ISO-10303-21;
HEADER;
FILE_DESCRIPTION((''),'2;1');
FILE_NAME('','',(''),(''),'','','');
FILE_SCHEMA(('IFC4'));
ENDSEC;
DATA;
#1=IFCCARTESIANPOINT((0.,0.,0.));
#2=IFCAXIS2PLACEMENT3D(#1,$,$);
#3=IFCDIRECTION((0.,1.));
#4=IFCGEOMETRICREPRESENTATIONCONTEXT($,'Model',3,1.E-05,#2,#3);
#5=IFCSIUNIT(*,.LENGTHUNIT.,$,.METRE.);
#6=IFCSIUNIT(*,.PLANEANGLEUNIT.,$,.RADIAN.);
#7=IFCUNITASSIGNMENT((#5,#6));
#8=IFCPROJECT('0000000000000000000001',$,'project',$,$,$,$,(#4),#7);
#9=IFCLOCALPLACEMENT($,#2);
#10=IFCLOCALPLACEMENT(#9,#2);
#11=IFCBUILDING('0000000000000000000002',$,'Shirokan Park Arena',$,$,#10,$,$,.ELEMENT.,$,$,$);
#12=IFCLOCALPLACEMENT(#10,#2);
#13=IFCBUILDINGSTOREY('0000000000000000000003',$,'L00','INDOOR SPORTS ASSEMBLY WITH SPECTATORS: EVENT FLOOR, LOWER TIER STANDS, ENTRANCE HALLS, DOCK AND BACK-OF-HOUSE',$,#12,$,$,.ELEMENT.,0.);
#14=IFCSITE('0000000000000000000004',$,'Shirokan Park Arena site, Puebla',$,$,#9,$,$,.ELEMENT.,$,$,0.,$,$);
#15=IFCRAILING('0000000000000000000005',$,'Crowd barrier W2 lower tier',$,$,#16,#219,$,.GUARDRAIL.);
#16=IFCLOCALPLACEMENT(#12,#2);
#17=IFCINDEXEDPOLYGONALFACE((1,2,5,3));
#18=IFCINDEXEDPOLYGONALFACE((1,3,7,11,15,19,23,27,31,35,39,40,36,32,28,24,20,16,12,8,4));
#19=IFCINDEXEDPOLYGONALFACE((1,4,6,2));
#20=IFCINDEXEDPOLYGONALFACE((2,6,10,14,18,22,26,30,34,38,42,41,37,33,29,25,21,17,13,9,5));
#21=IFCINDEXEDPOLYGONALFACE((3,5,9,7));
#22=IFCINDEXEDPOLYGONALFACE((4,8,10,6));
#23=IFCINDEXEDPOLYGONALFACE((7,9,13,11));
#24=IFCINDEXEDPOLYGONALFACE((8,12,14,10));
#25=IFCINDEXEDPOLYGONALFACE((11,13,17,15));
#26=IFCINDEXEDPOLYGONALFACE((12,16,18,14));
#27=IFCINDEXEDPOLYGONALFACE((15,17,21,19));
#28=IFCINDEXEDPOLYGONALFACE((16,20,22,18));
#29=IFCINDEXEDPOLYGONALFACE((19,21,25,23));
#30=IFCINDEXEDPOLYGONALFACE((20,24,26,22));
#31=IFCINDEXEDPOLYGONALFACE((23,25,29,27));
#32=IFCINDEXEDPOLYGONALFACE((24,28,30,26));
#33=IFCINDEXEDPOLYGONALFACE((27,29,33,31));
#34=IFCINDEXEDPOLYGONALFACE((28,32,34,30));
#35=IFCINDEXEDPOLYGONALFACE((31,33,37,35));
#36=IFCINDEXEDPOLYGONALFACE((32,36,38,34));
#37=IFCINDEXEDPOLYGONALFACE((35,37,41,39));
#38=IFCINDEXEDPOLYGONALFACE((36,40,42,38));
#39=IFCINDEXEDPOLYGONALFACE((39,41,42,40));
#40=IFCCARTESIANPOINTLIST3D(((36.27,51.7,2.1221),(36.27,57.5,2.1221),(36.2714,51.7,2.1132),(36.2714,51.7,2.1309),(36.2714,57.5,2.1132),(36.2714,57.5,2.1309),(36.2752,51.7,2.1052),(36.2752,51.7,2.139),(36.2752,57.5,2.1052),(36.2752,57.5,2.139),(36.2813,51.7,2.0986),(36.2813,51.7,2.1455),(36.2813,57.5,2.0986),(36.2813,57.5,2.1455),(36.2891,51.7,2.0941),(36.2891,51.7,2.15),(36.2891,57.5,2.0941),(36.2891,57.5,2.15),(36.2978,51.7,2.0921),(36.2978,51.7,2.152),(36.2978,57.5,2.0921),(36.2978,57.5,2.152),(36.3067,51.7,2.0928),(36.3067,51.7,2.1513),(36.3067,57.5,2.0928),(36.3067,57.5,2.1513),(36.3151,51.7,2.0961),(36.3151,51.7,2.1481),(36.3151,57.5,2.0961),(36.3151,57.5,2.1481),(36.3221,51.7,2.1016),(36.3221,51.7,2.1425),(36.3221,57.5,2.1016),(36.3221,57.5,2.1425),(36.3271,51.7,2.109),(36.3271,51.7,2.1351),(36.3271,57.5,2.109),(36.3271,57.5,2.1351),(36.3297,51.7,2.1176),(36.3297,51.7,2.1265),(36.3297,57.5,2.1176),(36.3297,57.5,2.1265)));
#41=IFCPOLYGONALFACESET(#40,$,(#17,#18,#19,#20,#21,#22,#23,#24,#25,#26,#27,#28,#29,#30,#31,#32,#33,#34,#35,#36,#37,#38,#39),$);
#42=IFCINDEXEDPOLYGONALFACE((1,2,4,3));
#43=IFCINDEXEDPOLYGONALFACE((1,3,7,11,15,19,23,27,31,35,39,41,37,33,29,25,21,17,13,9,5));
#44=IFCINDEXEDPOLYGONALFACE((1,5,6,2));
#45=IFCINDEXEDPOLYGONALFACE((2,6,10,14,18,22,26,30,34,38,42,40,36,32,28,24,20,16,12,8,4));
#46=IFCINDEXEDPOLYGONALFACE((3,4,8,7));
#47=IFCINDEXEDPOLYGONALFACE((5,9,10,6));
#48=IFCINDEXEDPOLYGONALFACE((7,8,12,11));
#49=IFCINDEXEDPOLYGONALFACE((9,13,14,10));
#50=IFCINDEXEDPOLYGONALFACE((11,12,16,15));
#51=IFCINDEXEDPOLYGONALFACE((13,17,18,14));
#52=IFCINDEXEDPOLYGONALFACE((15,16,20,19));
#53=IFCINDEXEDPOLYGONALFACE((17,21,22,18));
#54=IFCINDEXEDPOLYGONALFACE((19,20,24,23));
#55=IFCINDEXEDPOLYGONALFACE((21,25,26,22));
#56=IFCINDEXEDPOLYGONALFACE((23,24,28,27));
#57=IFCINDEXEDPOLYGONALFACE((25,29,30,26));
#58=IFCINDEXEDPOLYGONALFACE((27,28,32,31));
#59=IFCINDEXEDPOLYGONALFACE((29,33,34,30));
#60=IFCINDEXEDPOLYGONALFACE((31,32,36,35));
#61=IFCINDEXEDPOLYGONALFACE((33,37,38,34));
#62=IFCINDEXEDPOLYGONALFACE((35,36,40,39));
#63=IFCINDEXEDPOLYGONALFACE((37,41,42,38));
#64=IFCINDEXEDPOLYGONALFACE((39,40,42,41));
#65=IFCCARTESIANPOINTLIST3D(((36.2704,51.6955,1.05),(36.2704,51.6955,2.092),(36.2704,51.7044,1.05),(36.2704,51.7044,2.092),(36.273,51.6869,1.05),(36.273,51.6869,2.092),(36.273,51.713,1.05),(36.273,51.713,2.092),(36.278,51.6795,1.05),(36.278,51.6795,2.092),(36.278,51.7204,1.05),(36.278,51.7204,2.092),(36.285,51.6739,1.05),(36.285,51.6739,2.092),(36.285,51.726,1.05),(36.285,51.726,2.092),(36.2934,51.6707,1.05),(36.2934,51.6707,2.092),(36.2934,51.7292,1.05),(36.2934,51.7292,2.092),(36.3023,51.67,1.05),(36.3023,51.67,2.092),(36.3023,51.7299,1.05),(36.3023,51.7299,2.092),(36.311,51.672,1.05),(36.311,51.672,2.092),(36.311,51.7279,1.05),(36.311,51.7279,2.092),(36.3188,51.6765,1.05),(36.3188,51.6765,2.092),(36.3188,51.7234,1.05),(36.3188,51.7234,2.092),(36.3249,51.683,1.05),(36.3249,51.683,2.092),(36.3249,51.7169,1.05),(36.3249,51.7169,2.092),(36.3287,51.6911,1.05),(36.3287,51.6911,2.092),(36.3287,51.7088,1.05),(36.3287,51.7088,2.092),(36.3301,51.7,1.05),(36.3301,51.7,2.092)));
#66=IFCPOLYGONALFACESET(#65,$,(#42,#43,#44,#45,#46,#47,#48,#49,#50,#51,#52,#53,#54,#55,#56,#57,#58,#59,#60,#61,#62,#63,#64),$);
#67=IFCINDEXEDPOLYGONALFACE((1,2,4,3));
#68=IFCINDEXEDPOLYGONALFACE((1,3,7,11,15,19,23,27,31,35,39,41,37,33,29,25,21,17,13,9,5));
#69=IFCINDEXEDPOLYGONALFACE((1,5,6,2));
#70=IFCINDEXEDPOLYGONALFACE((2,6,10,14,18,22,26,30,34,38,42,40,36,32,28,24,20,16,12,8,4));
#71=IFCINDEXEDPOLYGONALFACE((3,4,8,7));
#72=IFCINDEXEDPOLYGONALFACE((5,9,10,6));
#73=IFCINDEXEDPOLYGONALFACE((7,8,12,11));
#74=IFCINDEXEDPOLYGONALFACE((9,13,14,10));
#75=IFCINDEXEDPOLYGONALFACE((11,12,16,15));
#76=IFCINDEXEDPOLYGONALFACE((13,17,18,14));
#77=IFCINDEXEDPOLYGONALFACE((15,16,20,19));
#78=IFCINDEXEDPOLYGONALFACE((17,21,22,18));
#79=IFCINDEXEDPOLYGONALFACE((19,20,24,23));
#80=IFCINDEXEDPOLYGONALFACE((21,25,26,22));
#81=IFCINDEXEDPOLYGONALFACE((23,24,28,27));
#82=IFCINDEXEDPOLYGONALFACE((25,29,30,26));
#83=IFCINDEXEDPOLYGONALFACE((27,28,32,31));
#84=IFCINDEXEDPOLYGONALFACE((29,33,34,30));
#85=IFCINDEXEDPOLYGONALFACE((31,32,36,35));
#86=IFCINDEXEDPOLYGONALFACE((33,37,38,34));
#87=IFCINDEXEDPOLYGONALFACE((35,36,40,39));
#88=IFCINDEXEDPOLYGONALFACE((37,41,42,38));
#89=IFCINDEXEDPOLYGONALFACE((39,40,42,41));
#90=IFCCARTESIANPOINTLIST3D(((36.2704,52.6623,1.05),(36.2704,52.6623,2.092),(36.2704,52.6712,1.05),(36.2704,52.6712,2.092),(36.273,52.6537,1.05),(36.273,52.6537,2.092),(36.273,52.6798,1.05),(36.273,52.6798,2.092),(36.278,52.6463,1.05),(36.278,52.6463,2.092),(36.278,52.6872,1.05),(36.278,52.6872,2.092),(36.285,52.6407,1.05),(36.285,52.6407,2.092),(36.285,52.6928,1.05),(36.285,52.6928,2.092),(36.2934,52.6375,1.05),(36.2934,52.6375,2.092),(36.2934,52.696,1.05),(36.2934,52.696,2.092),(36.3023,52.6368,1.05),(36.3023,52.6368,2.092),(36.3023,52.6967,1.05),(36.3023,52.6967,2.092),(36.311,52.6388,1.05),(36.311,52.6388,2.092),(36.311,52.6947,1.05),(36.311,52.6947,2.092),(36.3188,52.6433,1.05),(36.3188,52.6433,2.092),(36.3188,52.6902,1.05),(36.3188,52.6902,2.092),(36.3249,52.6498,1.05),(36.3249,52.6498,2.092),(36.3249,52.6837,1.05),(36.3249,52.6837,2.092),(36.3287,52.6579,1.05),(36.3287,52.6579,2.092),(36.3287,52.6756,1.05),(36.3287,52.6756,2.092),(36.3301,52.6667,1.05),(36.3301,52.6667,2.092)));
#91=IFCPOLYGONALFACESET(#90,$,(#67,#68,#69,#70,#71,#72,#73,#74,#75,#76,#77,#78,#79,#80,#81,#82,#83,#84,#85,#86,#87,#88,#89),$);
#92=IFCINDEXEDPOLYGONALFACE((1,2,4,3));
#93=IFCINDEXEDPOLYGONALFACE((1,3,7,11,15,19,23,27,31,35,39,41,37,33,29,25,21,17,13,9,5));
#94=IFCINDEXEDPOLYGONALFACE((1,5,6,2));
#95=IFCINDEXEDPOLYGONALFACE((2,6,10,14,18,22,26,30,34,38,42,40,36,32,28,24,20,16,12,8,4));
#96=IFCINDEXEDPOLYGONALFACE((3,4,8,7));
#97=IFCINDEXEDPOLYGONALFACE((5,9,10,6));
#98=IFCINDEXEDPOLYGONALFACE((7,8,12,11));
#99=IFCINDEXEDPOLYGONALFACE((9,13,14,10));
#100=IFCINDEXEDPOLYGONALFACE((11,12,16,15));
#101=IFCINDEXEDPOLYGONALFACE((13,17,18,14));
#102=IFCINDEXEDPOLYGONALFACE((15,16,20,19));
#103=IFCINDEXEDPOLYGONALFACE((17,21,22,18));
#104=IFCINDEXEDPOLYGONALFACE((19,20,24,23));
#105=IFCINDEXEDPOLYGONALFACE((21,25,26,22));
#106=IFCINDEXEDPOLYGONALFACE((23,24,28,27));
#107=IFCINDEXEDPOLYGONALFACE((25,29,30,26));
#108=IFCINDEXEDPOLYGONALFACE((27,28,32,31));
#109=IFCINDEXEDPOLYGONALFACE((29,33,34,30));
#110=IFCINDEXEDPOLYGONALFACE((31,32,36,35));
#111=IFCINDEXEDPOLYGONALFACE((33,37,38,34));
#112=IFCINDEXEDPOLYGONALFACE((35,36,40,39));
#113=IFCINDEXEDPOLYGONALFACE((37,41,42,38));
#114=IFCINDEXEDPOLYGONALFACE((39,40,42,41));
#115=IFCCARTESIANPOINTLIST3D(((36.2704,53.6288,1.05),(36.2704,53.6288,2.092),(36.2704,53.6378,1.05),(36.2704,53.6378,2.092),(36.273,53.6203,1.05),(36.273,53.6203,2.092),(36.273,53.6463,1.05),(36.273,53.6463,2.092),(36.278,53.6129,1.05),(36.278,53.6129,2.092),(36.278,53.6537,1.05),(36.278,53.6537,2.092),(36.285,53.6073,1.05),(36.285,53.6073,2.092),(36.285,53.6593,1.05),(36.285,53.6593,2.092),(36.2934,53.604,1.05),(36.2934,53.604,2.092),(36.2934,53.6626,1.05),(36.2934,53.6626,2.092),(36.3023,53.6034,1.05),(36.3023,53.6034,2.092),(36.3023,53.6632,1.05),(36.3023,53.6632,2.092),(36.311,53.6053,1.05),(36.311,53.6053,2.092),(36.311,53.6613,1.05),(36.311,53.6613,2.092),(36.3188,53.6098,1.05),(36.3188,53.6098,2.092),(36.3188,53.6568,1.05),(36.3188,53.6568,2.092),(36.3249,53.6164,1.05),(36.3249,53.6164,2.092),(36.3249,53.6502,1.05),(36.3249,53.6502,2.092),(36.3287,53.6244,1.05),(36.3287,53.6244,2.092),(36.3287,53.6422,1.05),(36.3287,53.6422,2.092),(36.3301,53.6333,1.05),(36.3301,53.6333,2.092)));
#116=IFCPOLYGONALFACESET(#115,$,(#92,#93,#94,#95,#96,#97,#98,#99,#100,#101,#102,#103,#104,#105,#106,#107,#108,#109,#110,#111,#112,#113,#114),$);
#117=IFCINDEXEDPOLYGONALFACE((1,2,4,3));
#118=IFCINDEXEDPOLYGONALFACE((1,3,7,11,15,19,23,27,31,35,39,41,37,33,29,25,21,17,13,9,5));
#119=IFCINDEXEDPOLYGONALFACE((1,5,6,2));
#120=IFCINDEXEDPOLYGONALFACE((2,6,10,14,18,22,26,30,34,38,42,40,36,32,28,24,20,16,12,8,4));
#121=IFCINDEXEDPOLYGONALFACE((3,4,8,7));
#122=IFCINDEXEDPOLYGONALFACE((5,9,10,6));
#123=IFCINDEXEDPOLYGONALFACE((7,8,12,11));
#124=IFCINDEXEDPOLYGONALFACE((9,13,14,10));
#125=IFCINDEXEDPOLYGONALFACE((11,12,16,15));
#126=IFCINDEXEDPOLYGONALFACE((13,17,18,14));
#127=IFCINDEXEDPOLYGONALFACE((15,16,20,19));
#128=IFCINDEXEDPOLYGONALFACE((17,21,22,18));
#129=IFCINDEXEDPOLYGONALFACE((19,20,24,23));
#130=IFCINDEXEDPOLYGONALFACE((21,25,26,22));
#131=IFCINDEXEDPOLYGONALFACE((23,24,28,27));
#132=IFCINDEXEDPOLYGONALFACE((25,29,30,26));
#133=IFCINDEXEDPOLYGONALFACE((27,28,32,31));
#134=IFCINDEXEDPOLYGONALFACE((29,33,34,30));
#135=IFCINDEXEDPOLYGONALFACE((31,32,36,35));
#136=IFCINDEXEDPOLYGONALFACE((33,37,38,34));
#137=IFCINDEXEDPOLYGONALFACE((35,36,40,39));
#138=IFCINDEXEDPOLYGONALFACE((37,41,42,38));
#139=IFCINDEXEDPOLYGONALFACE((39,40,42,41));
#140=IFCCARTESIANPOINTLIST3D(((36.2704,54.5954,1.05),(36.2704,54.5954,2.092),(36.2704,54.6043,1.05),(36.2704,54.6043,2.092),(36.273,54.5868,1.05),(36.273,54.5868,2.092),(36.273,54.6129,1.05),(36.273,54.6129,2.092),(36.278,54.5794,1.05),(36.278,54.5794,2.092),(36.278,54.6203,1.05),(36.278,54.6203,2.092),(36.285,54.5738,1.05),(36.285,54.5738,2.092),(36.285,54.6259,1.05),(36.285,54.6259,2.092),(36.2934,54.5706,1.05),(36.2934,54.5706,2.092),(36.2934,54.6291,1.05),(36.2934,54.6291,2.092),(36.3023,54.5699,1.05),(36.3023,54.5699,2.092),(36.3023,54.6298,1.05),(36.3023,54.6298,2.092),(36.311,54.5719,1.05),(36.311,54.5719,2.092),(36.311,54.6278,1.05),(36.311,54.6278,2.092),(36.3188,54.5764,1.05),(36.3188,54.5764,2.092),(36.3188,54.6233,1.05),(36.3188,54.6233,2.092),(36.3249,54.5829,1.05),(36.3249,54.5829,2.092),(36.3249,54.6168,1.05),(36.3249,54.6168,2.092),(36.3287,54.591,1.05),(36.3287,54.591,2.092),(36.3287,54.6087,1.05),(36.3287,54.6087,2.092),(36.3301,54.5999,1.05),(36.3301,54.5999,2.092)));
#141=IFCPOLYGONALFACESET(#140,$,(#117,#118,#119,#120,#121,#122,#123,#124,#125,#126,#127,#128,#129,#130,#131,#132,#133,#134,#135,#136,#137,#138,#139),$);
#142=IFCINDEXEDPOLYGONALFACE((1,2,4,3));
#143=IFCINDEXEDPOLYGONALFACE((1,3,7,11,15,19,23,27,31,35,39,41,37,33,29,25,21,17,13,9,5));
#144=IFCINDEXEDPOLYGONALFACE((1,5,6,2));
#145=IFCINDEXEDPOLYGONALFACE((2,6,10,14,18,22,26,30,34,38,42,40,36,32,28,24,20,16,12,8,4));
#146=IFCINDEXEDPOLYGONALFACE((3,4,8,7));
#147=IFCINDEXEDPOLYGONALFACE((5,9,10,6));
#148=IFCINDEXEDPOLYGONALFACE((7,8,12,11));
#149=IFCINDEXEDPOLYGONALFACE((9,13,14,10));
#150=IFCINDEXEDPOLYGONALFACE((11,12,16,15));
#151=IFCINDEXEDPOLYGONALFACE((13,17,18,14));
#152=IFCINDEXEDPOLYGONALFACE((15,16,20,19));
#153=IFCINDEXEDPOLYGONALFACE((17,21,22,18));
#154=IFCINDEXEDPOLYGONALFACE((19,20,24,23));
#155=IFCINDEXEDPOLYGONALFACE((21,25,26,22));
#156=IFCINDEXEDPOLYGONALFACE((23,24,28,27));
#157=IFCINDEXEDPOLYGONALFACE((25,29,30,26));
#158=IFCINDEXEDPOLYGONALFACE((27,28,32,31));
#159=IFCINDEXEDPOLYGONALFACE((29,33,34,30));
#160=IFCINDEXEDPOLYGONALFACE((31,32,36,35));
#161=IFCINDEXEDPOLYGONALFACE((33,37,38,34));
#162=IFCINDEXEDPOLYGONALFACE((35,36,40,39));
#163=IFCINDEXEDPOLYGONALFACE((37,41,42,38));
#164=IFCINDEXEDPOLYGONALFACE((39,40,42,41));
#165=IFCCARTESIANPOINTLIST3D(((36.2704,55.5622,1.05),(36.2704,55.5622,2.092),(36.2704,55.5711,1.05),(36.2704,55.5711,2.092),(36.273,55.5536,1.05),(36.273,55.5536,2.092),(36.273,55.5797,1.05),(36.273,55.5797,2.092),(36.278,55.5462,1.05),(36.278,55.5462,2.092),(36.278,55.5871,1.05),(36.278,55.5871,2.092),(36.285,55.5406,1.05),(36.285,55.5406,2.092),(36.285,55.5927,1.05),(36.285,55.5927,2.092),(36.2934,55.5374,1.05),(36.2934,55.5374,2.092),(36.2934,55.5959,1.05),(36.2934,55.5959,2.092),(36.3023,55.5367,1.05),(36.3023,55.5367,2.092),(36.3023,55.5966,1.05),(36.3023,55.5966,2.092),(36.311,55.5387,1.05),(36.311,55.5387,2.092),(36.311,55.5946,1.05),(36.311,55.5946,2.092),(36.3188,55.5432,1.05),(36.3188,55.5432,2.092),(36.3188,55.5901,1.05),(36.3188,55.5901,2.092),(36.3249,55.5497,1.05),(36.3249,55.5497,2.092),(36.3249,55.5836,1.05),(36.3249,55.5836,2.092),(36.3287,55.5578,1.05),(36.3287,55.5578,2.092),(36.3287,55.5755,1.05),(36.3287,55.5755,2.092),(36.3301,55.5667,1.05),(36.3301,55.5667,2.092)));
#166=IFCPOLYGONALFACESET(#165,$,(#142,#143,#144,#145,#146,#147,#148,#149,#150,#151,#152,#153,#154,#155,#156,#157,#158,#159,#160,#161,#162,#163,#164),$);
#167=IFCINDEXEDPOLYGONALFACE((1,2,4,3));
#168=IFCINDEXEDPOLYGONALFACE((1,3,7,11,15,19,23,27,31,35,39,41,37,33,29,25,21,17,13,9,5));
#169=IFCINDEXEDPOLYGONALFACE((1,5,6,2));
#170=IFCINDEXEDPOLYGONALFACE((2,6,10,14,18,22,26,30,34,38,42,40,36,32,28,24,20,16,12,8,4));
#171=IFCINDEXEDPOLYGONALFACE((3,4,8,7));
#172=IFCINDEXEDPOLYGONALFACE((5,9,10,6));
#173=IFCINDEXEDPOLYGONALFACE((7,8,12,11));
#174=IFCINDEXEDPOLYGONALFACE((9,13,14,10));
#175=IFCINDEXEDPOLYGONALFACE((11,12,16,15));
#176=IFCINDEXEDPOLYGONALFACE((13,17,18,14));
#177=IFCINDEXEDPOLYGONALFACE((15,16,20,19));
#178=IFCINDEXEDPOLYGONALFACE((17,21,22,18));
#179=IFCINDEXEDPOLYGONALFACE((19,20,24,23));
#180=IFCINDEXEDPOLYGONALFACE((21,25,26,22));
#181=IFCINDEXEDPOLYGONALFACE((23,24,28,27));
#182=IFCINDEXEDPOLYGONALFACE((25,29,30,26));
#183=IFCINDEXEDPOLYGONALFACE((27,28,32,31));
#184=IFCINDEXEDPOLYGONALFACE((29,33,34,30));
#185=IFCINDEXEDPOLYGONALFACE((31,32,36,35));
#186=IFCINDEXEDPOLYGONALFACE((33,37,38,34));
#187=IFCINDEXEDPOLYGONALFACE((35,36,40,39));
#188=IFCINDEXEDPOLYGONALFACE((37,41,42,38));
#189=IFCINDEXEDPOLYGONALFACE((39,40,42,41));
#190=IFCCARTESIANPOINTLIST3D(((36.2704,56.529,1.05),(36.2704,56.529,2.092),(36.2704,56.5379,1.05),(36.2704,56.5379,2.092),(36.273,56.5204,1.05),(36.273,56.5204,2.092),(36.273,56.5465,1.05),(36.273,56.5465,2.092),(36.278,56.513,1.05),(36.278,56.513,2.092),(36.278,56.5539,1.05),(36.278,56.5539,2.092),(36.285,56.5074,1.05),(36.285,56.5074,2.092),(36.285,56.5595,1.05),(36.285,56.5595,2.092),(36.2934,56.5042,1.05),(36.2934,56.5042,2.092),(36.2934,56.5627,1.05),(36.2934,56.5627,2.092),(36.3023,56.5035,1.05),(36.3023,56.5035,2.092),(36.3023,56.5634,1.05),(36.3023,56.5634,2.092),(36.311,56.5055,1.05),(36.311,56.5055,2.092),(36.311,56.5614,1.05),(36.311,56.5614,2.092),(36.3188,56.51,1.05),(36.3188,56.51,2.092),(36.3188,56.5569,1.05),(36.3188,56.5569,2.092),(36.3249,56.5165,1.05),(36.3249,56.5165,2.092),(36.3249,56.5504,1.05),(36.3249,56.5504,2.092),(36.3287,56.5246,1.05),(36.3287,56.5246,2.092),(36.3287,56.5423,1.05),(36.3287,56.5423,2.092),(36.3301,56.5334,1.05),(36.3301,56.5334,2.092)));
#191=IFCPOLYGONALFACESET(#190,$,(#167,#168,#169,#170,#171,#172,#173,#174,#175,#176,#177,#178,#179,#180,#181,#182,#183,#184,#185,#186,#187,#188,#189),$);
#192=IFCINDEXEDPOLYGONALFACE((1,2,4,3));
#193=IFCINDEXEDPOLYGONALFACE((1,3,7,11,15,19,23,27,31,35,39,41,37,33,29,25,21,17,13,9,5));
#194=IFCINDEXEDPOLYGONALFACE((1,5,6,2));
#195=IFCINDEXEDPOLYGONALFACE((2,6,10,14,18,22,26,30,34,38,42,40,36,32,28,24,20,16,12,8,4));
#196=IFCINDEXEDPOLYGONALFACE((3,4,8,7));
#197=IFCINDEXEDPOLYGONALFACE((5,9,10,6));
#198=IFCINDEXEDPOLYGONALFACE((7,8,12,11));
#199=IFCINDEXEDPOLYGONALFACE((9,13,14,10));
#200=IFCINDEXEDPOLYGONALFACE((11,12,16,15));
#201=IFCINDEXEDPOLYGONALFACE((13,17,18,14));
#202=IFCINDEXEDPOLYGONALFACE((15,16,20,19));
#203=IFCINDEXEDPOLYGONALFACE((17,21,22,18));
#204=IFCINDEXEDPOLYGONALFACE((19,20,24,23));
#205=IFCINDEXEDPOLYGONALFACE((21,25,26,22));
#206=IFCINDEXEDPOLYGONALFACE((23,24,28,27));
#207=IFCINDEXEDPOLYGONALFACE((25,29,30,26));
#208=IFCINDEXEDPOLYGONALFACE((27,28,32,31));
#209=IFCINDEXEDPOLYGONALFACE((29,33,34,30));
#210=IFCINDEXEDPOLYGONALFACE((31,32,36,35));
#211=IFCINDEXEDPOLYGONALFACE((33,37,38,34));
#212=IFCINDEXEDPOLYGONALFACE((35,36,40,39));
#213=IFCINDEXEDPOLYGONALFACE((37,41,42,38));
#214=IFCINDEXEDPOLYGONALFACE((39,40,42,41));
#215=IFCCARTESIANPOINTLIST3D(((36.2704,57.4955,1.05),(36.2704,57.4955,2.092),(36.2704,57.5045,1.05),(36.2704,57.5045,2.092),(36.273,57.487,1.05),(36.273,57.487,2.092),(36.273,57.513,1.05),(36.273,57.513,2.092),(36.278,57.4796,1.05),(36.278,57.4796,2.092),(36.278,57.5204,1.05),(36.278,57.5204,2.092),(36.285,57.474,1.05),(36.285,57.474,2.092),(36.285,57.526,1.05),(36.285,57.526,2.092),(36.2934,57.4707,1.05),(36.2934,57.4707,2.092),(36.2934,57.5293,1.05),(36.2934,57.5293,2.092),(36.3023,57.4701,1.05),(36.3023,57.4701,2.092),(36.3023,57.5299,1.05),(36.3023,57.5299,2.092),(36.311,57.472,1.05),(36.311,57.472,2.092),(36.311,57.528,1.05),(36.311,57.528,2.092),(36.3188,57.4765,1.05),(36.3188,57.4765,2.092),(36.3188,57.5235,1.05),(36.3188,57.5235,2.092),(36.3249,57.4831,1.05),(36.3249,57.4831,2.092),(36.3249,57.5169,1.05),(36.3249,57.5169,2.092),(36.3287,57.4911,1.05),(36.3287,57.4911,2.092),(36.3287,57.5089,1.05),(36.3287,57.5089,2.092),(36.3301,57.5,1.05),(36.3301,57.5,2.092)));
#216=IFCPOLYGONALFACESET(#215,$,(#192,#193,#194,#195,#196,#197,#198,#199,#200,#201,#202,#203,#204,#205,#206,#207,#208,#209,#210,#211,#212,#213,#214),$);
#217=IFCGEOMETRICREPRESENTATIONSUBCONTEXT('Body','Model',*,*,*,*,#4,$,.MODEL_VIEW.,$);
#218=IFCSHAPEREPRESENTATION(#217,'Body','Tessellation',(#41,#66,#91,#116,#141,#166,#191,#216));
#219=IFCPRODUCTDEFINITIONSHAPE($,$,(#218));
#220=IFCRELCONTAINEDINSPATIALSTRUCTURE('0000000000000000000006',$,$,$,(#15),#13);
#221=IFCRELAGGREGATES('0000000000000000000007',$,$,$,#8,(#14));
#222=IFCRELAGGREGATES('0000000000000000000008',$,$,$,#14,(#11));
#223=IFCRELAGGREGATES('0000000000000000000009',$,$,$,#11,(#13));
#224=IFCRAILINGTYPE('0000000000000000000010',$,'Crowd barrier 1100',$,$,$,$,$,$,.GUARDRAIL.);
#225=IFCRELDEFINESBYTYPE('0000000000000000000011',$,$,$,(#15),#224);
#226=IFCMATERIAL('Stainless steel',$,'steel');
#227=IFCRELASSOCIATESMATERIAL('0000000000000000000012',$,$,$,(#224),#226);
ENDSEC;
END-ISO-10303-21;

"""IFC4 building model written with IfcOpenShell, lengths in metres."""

from ifc_helpers import new_model, si_unit, direction, frame, origin, origin_2d, place, context, subcontext, project, spatial, circle, extrude, material, type_object, element, save


model = new_model("IFC4")

# Units and contexts
model_context = context("Model", 3, precision=1e-05, world=origin(), true_north=direction((0.0, 1.0)))
body_context = subcontext(model_context, "Body", "Model", "MODEL_VIEW")
ifc_project = project(units=[si_unit("LENGTHUNIT", "METRE"), si_unit("PLANEANGLEUNIT", "RADIAN")], contexts=[model_context])

# Site, building, storey
site_placement = place(None, origin())
site = spatial("IfcSite", under=ifc_project, at=site_placement, Name="Shirokan Park Arena site, Puebla", CompositionType="ELEMENT", RefElevation=0.0)
building_placement = place(site_placement, origin())
building = spatial("IfcBuilding", under=site, at=building_placement, Name="Shirokan Park Arena", CompositionType="ELEMENT")
storey_placement = place(building_placement, origin())
storey = spatial("IfcBuildingStorey", under=building, at=storey_placement, Name="L00", Description="INDOOR SPORTS ASSEMBLY WITH SPECTATORS: EVENT FLOOR, LOWER TIER STANDS, ENTRANCE HALLS, DOCK AND BACK-OF-HOUSE", CompositionType="ELEMENT", Elevation=0.0)

# Railing
ifc_material_1 = material(Name="Stainless steel", Category="steel")
railing_type_1 = type_object("IfcRailingType", Name="Crowd barrier 1100", PredefinedType="GUARDRAIL", material=ifc_material_1)
railing_1_placement = place(storey_placement, frame((36.3, 51.7, 1.05)))
element("IfcRailing", 1, at=railing_1_placement, inside=storey, type_object=railing_type_1, Name="Crowd barrier W2 lower tier", PredefinedType="GUARDRAIL", context=body_context, shape_type="SweptSolid", body=[
    extrude(circle(Radius=0.03, at=origin_2d()), frame((0.0, 0.0, 1.072), z_axis=(0.0, 1.0, 0.0), x_axis=(-1.0, 0.0, 0.0)), (0.0, 0.0, 1.0), 5.8),
    extrude(circle(Radius=0.03, at=origin_2d()), origin(), (0.0, 0.0, 1.0), 1.042),
    extrude(circle(Radius=0.03, at=origin_2d()), frame((0.0, 0.9668, 0.0)), (0.0, 0.0, 1.0), 1.042),
    extrude(circle(Radius=0.03, at=origin_2d()), frame((0.0, 1.9333, 0.0)), (0.0, 0.0, 1.0), 1.042),
    extrude(circle(Radius=0.03, at=origin_2d()), frame((0.0, 2.8999, 0.0)), (0.0, 0.0, 1.0), 1.042),
    extrude(circle(Radius=0.03, at=origin_2d()), frame((0.0, 3.8667, 0.0)), (0.0, 0.0, 1.0), 1.042),
    extrude(circle(Radius=0.03, at=origin_2d()), frame((0.0, 4.8335, 0.0)), (0.0, 0.0, 1.0), 1.042),
    extrude(circle(Radius=0.03, at=origin_2d()), frame((0.0, 5.8, 0.0)), (0.0, 0.0, 1.0), 1.042),
])

save(model, "model.ifc")
